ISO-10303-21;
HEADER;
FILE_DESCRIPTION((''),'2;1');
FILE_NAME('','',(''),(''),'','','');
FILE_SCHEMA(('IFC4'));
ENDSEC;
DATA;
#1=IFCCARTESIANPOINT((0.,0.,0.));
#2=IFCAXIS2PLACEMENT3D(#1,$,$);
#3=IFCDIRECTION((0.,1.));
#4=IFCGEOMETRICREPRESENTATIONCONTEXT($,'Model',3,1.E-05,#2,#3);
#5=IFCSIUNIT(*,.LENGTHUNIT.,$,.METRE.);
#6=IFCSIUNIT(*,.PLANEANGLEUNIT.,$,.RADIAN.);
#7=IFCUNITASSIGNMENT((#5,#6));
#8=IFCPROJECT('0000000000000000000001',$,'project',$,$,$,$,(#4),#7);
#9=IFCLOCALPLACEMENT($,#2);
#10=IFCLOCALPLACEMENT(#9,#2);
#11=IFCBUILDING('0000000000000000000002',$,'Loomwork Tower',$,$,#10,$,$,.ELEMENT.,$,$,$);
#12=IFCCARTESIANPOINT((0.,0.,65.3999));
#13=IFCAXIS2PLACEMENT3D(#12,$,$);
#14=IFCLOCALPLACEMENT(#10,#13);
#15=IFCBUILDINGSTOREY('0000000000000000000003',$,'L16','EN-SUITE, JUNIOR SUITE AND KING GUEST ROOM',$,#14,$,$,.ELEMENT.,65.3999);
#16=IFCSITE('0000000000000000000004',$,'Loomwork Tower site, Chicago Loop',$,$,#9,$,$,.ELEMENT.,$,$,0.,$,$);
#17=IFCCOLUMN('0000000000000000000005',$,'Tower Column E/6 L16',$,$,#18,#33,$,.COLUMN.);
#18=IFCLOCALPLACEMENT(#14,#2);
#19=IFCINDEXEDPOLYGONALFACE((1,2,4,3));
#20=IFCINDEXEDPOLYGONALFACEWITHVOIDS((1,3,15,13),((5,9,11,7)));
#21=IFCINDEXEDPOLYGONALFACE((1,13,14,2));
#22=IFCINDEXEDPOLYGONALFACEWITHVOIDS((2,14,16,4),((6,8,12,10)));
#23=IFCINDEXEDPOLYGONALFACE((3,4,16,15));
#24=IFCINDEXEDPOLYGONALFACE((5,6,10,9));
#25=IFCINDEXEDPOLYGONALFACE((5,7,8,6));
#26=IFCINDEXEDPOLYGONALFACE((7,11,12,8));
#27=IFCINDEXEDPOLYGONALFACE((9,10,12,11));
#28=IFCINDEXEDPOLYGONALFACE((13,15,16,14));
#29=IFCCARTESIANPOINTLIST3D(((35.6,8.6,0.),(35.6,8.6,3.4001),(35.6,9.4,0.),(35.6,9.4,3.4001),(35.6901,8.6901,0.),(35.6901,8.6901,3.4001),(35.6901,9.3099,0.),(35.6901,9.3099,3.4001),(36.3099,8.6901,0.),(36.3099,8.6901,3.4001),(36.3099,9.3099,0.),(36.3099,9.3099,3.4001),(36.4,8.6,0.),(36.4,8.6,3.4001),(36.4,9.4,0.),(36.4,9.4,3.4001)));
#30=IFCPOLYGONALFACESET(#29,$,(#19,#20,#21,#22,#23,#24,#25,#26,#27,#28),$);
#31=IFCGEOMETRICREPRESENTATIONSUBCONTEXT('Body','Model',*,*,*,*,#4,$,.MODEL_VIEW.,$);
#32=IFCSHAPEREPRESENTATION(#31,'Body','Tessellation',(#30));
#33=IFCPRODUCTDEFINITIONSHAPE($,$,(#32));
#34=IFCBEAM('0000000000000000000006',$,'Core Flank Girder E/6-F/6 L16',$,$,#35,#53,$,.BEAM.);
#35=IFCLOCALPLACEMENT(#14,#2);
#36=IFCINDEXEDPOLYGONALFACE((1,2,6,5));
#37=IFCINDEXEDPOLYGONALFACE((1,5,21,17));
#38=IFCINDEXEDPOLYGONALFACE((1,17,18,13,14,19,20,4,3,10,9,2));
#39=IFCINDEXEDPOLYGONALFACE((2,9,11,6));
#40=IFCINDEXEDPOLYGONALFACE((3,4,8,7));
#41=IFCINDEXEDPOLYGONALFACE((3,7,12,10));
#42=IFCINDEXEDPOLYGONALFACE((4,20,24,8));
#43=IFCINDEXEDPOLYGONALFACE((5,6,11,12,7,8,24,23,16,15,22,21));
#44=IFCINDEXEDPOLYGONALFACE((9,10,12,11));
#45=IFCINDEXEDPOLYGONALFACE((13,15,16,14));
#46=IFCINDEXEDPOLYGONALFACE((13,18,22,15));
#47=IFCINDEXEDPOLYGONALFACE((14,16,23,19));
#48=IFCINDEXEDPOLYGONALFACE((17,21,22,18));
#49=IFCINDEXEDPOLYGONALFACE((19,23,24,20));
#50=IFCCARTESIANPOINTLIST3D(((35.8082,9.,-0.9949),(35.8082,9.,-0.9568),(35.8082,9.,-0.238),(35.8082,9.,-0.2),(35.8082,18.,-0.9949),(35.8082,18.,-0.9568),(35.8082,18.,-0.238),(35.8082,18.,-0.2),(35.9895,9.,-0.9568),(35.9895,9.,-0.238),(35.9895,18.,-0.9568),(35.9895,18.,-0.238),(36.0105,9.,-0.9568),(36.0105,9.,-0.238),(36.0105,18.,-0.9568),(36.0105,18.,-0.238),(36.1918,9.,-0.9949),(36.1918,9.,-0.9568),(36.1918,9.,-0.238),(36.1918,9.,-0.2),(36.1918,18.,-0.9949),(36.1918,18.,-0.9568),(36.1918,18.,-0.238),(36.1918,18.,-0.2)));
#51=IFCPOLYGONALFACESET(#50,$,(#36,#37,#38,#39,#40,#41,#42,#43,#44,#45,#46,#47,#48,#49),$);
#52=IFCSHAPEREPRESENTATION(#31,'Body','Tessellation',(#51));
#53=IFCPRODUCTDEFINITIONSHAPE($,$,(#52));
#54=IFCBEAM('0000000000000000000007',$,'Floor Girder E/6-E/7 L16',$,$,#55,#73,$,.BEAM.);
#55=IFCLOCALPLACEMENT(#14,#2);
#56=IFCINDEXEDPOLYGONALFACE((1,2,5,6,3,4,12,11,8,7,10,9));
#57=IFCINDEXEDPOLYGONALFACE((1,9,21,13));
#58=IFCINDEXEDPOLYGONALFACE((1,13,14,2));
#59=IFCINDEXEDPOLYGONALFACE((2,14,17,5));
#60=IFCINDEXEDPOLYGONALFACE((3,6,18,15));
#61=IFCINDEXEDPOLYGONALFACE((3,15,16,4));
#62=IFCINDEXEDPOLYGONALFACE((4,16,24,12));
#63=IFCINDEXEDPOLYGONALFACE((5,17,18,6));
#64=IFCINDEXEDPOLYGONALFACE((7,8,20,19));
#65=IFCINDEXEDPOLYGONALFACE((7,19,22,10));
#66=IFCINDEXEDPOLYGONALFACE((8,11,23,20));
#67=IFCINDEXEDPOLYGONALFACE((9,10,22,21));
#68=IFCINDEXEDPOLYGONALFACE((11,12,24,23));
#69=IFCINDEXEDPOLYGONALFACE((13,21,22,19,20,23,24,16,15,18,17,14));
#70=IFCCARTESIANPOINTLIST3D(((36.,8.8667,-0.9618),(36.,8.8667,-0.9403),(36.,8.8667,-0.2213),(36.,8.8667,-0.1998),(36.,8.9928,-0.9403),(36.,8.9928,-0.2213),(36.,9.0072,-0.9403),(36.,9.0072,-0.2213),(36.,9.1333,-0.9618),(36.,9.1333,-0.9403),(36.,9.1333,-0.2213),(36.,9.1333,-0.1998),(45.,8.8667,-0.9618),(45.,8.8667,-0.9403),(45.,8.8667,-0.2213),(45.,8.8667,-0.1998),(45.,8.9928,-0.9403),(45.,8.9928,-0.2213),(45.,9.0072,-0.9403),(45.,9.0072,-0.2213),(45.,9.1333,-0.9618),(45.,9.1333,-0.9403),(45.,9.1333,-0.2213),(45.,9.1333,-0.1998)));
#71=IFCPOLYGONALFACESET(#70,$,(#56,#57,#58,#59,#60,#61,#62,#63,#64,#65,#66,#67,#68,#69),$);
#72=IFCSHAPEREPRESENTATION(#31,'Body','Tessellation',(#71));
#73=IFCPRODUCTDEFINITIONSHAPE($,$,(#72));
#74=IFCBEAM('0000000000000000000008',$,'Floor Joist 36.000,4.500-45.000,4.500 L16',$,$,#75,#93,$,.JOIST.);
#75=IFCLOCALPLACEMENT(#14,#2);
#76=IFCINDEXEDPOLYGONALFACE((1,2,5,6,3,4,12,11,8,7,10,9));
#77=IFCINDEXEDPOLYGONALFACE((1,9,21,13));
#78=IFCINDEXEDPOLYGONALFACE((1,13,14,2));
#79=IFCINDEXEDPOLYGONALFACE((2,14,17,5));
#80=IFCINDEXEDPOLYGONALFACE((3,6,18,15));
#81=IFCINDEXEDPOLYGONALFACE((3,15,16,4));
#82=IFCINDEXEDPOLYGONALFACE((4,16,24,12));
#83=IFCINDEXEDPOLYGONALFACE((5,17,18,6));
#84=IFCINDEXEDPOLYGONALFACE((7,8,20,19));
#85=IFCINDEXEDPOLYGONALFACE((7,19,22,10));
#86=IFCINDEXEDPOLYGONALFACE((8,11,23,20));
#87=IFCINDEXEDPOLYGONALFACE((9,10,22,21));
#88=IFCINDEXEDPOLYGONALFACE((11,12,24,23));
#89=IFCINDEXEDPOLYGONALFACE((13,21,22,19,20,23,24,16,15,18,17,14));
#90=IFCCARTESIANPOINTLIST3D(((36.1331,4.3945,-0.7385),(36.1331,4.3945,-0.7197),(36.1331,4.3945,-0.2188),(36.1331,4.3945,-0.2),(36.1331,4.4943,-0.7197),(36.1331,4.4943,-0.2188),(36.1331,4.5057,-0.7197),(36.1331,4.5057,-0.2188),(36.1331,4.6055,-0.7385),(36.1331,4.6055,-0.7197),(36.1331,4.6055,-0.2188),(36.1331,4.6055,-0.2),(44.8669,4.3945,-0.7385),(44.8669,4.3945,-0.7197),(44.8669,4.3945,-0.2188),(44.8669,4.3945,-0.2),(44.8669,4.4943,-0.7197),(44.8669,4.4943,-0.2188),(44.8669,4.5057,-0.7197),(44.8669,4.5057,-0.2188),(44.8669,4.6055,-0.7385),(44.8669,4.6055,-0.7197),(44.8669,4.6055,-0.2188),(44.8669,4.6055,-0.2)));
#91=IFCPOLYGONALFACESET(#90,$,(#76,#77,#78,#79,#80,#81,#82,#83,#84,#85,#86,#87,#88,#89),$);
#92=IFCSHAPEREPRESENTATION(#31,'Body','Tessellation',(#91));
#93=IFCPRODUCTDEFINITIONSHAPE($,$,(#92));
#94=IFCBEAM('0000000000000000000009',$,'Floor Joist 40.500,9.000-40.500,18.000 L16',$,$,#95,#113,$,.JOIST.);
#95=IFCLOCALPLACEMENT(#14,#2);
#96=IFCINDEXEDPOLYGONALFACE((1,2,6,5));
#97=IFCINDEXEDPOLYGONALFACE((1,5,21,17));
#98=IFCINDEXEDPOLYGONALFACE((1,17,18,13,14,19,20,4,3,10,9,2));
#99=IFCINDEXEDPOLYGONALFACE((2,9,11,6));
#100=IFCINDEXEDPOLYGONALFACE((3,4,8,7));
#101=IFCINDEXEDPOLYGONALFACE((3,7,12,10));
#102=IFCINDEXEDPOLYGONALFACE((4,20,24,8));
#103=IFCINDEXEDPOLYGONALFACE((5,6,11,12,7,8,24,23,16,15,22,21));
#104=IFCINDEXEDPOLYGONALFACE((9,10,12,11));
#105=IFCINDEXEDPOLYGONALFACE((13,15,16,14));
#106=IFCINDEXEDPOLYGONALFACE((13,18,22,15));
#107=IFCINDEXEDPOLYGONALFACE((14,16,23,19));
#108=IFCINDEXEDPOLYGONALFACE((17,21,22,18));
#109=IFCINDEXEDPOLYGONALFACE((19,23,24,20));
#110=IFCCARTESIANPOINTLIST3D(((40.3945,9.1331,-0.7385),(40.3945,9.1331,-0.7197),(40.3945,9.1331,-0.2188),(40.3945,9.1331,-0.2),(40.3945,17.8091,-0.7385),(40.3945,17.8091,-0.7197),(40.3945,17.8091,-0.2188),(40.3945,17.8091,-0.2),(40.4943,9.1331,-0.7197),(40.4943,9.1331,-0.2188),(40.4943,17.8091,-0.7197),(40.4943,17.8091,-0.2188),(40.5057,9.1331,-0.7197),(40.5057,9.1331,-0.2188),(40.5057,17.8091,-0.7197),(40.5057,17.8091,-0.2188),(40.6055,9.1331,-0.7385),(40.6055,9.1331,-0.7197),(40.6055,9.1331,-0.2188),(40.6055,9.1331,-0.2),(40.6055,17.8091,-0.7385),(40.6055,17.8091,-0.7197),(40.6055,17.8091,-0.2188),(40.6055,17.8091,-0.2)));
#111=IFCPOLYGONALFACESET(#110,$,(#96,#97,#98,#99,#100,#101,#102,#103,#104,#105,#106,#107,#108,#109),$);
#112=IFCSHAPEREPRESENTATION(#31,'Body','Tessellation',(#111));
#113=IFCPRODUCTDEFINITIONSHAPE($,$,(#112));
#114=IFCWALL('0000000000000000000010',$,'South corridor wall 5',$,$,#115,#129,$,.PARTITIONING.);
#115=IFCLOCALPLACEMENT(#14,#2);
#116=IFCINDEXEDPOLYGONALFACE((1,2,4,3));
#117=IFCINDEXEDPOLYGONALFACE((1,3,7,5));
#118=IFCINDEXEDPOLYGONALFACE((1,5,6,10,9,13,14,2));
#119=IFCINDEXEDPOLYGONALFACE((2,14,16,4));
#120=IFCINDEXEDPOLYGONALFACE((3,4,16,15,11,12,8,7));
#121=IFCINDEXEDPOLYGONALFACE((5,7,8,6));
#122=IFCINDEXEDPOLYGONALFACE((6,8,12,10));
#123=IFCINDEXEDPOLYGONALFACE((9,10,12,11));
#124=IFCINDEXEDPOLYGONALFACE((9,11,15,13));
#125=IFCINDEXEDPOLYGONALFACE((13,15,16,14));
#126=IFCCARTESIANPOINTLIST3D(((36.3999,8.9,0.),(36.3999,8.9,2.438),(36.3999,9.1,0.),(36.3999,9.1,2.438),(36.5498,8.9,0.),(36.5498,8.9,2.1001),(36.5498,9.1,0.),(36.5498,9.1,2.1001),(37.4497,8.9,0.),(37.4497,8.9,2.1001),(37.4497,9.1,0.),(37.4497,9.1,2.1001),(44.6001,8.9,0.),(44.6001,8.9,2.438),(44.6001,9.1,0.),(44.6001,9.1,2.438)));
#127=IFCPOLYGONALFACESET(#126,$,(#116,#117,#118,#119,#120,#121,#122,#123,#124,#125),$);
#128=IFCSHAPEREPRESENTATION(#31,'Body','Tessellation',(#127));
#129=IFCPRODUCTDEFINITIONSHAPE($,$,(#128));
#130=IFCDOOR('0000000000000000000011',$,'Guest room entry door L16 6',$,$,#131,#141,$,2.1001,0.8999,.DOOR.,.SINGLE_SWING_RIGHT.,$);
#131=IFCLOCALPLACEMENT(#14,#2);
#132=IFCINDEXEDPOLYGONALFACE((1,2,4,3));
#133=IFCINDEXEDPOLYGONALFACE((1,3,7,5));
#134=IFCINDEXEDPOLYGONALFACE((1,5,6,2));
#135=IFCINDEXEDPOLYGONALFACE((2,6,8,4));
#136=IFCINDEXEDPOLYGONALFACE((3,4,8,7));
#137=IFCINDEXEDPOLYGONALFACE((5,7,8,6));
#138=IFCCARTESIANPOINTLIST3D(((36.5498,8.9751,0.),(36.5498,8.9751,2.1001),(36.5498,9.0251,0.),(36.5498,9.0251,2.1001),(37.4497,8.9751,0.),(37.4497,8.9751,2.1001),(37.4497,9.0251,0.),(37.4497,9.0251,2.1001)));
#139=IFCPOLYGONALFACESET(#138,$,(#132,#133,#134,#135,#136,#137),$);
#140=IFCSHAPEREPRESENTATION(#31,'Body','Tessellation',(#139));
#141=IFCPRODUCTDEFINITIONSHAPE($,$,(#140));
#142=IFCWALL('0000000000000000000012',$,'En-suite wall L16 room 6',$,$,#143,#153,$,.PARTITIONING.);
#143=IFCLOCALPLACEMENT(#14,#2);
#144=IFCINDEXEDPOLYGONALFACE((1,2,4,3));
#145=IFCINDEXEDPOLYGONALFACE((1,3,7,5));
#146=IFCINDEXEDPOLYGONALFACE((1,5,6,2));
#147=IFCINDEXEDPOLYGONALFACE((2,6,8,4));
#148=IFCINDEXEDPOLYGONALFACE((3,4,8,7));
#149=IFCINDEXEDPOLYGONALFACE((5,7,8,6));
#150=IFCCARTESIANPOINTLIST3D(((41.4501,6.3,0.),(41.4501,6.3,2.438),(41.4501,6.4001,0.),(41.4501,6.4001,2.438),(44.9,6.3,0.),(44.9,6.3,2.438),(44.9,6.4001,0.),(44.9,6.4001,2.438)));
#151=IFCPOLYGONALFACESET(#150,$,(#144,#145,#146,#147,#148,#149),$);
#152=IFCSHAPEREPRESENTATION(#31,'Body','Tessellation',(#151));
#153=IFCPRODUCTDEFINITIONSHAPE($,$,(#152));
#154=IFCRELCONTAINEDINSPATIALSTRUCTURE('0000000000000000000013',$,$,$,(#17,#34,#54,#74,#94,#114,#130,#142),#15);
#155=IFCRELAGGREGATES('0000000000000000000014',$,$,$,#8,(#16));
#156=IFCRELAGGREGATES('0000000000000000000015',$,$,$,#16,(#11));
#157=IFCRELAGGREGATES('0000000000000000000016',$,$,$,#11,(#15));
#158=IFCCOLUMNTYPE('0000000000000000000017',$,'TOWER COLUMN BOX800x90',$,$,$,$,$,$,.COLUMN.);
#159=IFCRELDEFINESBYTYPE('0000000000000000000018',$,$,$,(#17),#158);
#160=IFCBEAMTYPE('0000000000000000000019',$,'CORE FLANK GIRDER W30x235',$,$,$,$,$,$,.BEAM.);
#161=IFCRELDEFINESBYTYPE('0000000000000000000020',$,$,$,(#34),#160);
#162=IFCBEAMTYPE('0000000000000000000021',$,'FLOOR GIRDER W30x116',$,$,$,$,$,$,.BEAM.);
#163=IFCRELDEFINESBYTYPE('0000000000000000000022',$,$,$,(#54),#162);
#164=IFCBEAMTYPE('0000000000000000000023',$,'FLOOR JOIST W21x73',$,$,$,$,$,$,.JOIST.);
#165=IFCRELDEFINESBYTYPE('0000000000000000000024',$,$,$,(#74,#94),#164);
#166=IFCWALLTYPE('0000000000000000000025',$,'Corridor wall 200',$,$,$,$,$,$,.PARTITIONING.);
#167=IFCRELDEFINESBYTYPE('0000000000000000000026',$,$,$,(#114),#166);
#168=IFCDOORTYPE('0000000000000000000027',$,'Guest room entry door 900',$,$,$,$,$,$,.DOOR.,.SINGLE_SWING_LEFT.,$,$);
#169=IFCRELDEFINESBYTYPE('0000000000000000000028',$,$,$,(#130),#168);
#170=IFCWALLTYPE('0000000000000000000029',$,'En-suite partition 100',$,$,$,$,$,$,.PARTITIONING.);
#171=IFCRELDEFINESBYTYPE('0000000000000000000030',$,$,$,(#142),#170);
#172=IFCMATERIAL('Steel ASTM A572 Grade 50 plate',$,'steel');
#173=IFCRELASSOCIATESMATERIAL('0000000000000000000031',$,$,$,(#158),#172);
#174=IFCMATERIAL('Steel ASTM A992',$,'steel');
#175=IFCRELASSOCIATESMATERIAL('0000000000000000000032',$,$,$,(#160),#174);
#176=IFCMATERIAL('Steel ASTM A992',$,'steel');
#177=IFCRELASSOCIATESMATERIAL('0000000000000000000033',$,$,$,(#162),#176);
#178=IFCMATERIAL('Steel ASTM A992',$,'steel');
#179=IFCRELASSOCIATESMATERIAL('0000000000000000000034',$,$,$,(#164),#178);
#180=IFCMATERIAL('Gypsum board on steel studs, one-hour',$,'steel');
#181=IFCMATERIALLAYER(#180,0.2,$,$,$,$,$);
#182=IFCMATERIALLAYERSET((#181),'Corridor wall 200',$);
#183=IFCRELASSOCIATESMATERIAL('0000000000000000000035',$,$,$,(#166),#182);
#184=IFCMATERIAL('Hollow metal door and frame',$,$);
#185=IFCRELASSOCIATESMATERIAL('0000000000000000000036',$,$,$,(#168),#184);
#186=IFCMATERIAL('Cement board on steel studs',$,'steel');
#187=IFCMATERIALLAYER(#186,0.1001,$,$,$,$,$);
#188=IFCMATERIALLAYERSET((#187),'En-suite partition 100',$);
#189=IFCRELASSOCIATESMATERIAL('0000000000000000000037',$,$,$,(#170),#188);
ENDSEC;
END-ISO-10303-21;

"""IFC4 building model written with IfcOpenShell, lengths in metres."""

from ifc_helpers import new_model, si_unit, direction, frame, frame_2d, origin, origin_2d, place, context, subcontext, project, spatial, rectangle, hollow_rectangle, i_section, extrude, material, layer, layer_set, material_profile, profile_set, type_object, element, fill, save


model = new_model("IFC4")

# Units and contexts
model_context = context("Model", 3, precision=1e-05, world=origin(), true_north=direction((0.0, 1.0)))
body_context = subcontext(model_context, "Body", "Model", "MODEL_VIEW")
ifc_project = project(units=[si_unit("LENGTHUNIT", "METRE"), si_unit("PLANEANGLEUNIT", "RADIAN")], contexts=[model_context])

# Site, building, storey
site_placement = place(None, origin())
site = spatial("IfcSite", under=ifc_project, at=site_placement, Name="Loomwork Tower site, Chicago Loop", CompositionType="ELEMENT", RefElevation=0.0)
building_placement = place(site_placement, origin())
building = spatial("IfcBuilding", under=site, at=building_placement, Name="Loomwork Tower", CompositionType="ELEMENT")
storey_placement = place(building_placement, frame((0.0, 0.0, 65.3999)))
storey = spatial("IfcBuildingStorey", under=building, at=storey_placement, Name="L16", Description="EN-SUITE, JUNIOR SUITE AND KING GUEST ROOM", CompositionType="ELEMENT", Elevation=65.3999)

# Column
ifc_material_1 = material(Name="Steel ASTM A572 Grade 50 plate", Category="steel")
ifc_material_profile_1 = material_profile(ifc_material_1, hollow_rectangle(XDim=0.8, YDim=0.8, WallThickness=0.0901, at=origin_2d()), Name="BOX800x90")
ifc_profile_set_1 = profile_set([ifc_material_profile_1], Name="Steel ASTM A572 Grade 50 plate")
column_type = type_object("IfcColumnType", Name="TOWER COLUMN BOX800x90", PredefinedType="COLUMN", material=ifc_profile_set_1)
column_placement = place(storey_placement, frame((36.0, 9.0, 0.0), z_axis=(0.0, 0.0, 1.0), x_axis=(0.0, 1.0, 0.0)))
element("IfcColumn", 1, at=column_placement, inside=storey, type_object=column_type, Name="Tower Column E/6 L16", PredefinedType="COLUMN", context=body_context, shape_type="SweptSolid", body=[
    extrude(hollow_rectangle(XDim=0.8, YDim=0.8, WallThickness=0.0901, at=origin_2d()), origin(), (0.0, 0.0, 1.0), 3.4001),
])

# Beams
ifc_material_2 = material(Name="Steel ASTM A992", Category="steel")
ifc_material_profile_2 = material_profile(ifc_material_2, i_section(OverallWidth=0.3835, OverallDepth=0.7949, WebThickness=0.021, FlangeThickness=0.0381, at=origin_2d()), Name="W30x235")
ifc_profile_set_2 = profile_set([ifc_material_profile_2], Name="Steel ASTM A992")
beam_type_1 = type_object("IfcBeamType", Name="CORE FLANK GIRDER W30x235", PredefinedType="BEAM", material=ifc_profile_set_2)
beam_1_placement = place(storey_placement, frame((36.0, 9.0, -0.5974), z_axis=(0.0, 1.0, 0.0), x_axis=(-1.0, 0.0, 0.0)))
element("IfcBeam", 2, at=beam_1_placement, inside=storey, type_object=beam_type_1, Name="Core Flank Girder E/6-F/6 L16", PredefinedType="BEAM", context=body_context, shape_type="SweptSolid", body=[
    extrude(i_section(OverallWidth=0.3835, OverallDepth=0.7949, WebThickness=0.021, FlangeThickness=0.0381, at=origin_2d()), origin(), (0.0, 0.0, 1.0), 9.0),
])
ifc_material_3 = material(Name="Steel ASTM A992", Category="steel")
ifc_material_profile_3 = material_profile(ifc_material_3, i_section(OverallWidth=0.2666, OverallDepth=0.762, WebThickness=0.0144, FlangeThickness=0.0215, at=origin_2d()), Name="W30x116")
ifc_profile_set_3 = profile_set([ifc_material_profile_3], Name="Steel ASTM A992")
beam_type_2 = type_object("IfcBeamType", Name="FLOOR GIRDER W30x116", PredefinedType="BEAM", material=ifc_profile_set_3)
beam_2_placement = place(storey_placement, frame((36.0, 9.0, -0.5808), z_axis=(1.0, 0.0, 0.0), x_axis=(0.0, 1.0, 0.0)))
element("IfcBeam", 3, at=beam_2_placement, inside=storey, type_object=beam_type_2, Name="Floor Girder E/6-E/7 L16", PredefinedType="BEAM", context=body_context, shape_type="SweptSolid", body=[
    extrude(i_section(OverallWidth=0.2666, OverallDepth=0.762, WebThickness=0.0144, FlangeThickness=0.0215, at=origin_2d()), origin(), (0.0, 0.0, 1.0), 9.0),
])
ifc_material_4 = material(Name="Steel ASTM A992", Category="steel")
ifc_material_profile_4 = material_profile(ifc_material_4, i_section(OverallWidth=0.2109, OverallDepth=0.5386, WebThickness=0.0115, FlangeThickness=0.0188, at=origin_2d()), Name="W21x73")
ifc_profile_set_4 = profile_set([ifc_material_profile_4], Name="Steel ASTM A992")
beam_type_3 = type_object("IfcBeamType", Name="FLOOR JOIST W21x73", PredefinedType="JOIST", material=ifc_profile_set_4)
beam_3_placement = place(storey_placement, frame((36.1331, 4.5, -0.4692), z_axis=(1.0, 0.0, 0.0), x_axis=(0.0, 1.0, 0.0)))
element("IfcBeam", 4, at=beam_3_placement, inside=storey, type_object=beam_type_3, Name="Floor Joist 36.000,4.500-45.000,4.500 L16", PredefinedType="JOIST", context=body_context, shape_type="SweptSolid", body=[
    extrude(i_section(OverallWidth=0.2109, OverallDepth=0.5386, WebThickness=0.0115, FlangeThickness=0.0188, at=origin_2d()), origin(), (0.0, 0.0, 1.0), 8.7339),
])
beam_4_placement = place(storey_placement, frame((40.5, 9.1331, -0.4692), z_axis=(0.0, 1.0, 0.0), x_axis=(-1.0, 0.0, 0.0)))
element("IfcBeam", 5, at=beam_4_placement, inside=storey, type_object=beam_type_3, Name="Floor Joist 40.500,9.000-40.500,18.000 L16", PredefinedType="JOIST", context=body_context, shape_type="SweptSolid", body=[
    extrude(i_section(OverallWidth=0.2109, OverallDepth=0.5386, WebThickness=0.0115, FlangeThickness=0.0188, at=origin_2d()), origin(), (0.0, 0.0, 1.0), 8.676),
])

# Wall, opening, door
ifc_material_5 = material(Name="Gypsum board on steel studs, one-hour", Category="steel")
ifc_layer_1 = layer(ifc_material_5, 0.2)
ifc_layer_set_1 = layer_set([ifc_layer_1], Name="Corridor wall 200")
wall_type_1 = type_object("IfcWallType", Name="Corridor wall 200", PredefinedType="PARTITIONING", material=ifc_layer_set_1)
wall_1_placement = place(storey_placement, frame((36.3999, 9.0, 0.0), z_axis=(0.0, 0.0, 1.0), x_axis=(1.0, 0.0, 0.0)))
wall_1 = element("IfcWall", 6, at=wall_1_placement, inside=storey, type_object=wall_type_1, Name="South corridor wall 5", PredefinedType="PARTITIONING", context=body_context, shape_type="SweptSolid", body=[
    extrude(rectangle(XDim=8.2002, YDim=0.2, at=frame_2d((4.1001, 0.0))), origin(), (0.0, 0.0, 1.0), 2.438),
])
opening_1_placement = place(wall_1_placement, frame((0.1499, 0.0, 0.0)))
opening_1 = element("IfcOpeningElement", 7, at=opening_1_placement, cuts=wall_1, PredefinedType="OPENING", context=body_context, shape_type="SweptSolid", body=[
    extrude(rectangle(XDim=0.8999, YDim=2.1001, at=frame_2d((0.45, 1.05))), frame((0.0, 0.1099, 0.0), z_axis=(0.0, -1.0, 0.0), x_axis=(1.0, 0.0, 0.0)), (0.0, 0.0, 1.0), 0.22),
])
ifc_material_6 = material(Name="Hollow metal door and frame")
door_type_1 = type_object("IfcDoorType", Name="Guest room entry door 900", OperationType="SINGLE_SWING_LEFT", PredefinedType="DOOR", material=ifc_material_6)
door_1_placement = place(opening_1_placement, frame((0.8999, 0.0, 0.0), z_axis=(0.0, 0.0, 1.0), x_axis=(-1.0, 0.0, 0.0)))
door_1 = element("IfcDoor", 8, at=door_1_placement, inside=storey, type_object=door_type_1, Name="Guest room entry door L16 6", OperationType="SINGLE_SWING_RIGHT", OverallHeight=2.1001, OverallWidth=0.8999, PredefinedType="DOOR", context=body_context, shape_type="SweptSolid", body=[
    extrude(rectangle(XDim=0.8999, YDim=2.1001, at=frame_2d((0.45, 1.05))), frame((0.0, 0.0249, 0.0), z_axis=(0.0, -1.0, 0.0), x_axis=(1.0, 0.0, 0.0)), (0.0, 0.0, 1.0), 0.05),
])
fill(opening_1, door_1)

# Wall
ifc_material_7 = material(Name="Cement board on steel studs", Category="steel")
ifc_layer_2 = layer(ifc_material_7, 0.1001)
ifc_layer_set_2 = layer_set([ifc_layer_2], Name="En-suite partition 100")
wall_type_2 = type_object("IfcWallType", Name="En-suite partition 100", PredefinedType="PARTITIONING", material=ifc_layer_set_2)
wall_2_placement = place(storey_placement, frame((41.45, 6.3501, 0.0), z_axis=(0.0, 0.0, 1.0), x_axis=(1.0, 0.0, 0.0)))
element("IfcWall", 9, at=wall_2_placement, inside=storey, type_object=wall_type_2, Name="En-suite wall L16 room 6", PredefinedType="PARTITIONING", context=body_context, shape_type="SweptSolid", body=[
    extrude(rectangle(XDim=3.45, YDim=0.1001, at=frame_2d((1.7251, 0.0))), origin(), (0.0, 0.0, 1.0), 2.438),
])

save(model, "model.ifc")
